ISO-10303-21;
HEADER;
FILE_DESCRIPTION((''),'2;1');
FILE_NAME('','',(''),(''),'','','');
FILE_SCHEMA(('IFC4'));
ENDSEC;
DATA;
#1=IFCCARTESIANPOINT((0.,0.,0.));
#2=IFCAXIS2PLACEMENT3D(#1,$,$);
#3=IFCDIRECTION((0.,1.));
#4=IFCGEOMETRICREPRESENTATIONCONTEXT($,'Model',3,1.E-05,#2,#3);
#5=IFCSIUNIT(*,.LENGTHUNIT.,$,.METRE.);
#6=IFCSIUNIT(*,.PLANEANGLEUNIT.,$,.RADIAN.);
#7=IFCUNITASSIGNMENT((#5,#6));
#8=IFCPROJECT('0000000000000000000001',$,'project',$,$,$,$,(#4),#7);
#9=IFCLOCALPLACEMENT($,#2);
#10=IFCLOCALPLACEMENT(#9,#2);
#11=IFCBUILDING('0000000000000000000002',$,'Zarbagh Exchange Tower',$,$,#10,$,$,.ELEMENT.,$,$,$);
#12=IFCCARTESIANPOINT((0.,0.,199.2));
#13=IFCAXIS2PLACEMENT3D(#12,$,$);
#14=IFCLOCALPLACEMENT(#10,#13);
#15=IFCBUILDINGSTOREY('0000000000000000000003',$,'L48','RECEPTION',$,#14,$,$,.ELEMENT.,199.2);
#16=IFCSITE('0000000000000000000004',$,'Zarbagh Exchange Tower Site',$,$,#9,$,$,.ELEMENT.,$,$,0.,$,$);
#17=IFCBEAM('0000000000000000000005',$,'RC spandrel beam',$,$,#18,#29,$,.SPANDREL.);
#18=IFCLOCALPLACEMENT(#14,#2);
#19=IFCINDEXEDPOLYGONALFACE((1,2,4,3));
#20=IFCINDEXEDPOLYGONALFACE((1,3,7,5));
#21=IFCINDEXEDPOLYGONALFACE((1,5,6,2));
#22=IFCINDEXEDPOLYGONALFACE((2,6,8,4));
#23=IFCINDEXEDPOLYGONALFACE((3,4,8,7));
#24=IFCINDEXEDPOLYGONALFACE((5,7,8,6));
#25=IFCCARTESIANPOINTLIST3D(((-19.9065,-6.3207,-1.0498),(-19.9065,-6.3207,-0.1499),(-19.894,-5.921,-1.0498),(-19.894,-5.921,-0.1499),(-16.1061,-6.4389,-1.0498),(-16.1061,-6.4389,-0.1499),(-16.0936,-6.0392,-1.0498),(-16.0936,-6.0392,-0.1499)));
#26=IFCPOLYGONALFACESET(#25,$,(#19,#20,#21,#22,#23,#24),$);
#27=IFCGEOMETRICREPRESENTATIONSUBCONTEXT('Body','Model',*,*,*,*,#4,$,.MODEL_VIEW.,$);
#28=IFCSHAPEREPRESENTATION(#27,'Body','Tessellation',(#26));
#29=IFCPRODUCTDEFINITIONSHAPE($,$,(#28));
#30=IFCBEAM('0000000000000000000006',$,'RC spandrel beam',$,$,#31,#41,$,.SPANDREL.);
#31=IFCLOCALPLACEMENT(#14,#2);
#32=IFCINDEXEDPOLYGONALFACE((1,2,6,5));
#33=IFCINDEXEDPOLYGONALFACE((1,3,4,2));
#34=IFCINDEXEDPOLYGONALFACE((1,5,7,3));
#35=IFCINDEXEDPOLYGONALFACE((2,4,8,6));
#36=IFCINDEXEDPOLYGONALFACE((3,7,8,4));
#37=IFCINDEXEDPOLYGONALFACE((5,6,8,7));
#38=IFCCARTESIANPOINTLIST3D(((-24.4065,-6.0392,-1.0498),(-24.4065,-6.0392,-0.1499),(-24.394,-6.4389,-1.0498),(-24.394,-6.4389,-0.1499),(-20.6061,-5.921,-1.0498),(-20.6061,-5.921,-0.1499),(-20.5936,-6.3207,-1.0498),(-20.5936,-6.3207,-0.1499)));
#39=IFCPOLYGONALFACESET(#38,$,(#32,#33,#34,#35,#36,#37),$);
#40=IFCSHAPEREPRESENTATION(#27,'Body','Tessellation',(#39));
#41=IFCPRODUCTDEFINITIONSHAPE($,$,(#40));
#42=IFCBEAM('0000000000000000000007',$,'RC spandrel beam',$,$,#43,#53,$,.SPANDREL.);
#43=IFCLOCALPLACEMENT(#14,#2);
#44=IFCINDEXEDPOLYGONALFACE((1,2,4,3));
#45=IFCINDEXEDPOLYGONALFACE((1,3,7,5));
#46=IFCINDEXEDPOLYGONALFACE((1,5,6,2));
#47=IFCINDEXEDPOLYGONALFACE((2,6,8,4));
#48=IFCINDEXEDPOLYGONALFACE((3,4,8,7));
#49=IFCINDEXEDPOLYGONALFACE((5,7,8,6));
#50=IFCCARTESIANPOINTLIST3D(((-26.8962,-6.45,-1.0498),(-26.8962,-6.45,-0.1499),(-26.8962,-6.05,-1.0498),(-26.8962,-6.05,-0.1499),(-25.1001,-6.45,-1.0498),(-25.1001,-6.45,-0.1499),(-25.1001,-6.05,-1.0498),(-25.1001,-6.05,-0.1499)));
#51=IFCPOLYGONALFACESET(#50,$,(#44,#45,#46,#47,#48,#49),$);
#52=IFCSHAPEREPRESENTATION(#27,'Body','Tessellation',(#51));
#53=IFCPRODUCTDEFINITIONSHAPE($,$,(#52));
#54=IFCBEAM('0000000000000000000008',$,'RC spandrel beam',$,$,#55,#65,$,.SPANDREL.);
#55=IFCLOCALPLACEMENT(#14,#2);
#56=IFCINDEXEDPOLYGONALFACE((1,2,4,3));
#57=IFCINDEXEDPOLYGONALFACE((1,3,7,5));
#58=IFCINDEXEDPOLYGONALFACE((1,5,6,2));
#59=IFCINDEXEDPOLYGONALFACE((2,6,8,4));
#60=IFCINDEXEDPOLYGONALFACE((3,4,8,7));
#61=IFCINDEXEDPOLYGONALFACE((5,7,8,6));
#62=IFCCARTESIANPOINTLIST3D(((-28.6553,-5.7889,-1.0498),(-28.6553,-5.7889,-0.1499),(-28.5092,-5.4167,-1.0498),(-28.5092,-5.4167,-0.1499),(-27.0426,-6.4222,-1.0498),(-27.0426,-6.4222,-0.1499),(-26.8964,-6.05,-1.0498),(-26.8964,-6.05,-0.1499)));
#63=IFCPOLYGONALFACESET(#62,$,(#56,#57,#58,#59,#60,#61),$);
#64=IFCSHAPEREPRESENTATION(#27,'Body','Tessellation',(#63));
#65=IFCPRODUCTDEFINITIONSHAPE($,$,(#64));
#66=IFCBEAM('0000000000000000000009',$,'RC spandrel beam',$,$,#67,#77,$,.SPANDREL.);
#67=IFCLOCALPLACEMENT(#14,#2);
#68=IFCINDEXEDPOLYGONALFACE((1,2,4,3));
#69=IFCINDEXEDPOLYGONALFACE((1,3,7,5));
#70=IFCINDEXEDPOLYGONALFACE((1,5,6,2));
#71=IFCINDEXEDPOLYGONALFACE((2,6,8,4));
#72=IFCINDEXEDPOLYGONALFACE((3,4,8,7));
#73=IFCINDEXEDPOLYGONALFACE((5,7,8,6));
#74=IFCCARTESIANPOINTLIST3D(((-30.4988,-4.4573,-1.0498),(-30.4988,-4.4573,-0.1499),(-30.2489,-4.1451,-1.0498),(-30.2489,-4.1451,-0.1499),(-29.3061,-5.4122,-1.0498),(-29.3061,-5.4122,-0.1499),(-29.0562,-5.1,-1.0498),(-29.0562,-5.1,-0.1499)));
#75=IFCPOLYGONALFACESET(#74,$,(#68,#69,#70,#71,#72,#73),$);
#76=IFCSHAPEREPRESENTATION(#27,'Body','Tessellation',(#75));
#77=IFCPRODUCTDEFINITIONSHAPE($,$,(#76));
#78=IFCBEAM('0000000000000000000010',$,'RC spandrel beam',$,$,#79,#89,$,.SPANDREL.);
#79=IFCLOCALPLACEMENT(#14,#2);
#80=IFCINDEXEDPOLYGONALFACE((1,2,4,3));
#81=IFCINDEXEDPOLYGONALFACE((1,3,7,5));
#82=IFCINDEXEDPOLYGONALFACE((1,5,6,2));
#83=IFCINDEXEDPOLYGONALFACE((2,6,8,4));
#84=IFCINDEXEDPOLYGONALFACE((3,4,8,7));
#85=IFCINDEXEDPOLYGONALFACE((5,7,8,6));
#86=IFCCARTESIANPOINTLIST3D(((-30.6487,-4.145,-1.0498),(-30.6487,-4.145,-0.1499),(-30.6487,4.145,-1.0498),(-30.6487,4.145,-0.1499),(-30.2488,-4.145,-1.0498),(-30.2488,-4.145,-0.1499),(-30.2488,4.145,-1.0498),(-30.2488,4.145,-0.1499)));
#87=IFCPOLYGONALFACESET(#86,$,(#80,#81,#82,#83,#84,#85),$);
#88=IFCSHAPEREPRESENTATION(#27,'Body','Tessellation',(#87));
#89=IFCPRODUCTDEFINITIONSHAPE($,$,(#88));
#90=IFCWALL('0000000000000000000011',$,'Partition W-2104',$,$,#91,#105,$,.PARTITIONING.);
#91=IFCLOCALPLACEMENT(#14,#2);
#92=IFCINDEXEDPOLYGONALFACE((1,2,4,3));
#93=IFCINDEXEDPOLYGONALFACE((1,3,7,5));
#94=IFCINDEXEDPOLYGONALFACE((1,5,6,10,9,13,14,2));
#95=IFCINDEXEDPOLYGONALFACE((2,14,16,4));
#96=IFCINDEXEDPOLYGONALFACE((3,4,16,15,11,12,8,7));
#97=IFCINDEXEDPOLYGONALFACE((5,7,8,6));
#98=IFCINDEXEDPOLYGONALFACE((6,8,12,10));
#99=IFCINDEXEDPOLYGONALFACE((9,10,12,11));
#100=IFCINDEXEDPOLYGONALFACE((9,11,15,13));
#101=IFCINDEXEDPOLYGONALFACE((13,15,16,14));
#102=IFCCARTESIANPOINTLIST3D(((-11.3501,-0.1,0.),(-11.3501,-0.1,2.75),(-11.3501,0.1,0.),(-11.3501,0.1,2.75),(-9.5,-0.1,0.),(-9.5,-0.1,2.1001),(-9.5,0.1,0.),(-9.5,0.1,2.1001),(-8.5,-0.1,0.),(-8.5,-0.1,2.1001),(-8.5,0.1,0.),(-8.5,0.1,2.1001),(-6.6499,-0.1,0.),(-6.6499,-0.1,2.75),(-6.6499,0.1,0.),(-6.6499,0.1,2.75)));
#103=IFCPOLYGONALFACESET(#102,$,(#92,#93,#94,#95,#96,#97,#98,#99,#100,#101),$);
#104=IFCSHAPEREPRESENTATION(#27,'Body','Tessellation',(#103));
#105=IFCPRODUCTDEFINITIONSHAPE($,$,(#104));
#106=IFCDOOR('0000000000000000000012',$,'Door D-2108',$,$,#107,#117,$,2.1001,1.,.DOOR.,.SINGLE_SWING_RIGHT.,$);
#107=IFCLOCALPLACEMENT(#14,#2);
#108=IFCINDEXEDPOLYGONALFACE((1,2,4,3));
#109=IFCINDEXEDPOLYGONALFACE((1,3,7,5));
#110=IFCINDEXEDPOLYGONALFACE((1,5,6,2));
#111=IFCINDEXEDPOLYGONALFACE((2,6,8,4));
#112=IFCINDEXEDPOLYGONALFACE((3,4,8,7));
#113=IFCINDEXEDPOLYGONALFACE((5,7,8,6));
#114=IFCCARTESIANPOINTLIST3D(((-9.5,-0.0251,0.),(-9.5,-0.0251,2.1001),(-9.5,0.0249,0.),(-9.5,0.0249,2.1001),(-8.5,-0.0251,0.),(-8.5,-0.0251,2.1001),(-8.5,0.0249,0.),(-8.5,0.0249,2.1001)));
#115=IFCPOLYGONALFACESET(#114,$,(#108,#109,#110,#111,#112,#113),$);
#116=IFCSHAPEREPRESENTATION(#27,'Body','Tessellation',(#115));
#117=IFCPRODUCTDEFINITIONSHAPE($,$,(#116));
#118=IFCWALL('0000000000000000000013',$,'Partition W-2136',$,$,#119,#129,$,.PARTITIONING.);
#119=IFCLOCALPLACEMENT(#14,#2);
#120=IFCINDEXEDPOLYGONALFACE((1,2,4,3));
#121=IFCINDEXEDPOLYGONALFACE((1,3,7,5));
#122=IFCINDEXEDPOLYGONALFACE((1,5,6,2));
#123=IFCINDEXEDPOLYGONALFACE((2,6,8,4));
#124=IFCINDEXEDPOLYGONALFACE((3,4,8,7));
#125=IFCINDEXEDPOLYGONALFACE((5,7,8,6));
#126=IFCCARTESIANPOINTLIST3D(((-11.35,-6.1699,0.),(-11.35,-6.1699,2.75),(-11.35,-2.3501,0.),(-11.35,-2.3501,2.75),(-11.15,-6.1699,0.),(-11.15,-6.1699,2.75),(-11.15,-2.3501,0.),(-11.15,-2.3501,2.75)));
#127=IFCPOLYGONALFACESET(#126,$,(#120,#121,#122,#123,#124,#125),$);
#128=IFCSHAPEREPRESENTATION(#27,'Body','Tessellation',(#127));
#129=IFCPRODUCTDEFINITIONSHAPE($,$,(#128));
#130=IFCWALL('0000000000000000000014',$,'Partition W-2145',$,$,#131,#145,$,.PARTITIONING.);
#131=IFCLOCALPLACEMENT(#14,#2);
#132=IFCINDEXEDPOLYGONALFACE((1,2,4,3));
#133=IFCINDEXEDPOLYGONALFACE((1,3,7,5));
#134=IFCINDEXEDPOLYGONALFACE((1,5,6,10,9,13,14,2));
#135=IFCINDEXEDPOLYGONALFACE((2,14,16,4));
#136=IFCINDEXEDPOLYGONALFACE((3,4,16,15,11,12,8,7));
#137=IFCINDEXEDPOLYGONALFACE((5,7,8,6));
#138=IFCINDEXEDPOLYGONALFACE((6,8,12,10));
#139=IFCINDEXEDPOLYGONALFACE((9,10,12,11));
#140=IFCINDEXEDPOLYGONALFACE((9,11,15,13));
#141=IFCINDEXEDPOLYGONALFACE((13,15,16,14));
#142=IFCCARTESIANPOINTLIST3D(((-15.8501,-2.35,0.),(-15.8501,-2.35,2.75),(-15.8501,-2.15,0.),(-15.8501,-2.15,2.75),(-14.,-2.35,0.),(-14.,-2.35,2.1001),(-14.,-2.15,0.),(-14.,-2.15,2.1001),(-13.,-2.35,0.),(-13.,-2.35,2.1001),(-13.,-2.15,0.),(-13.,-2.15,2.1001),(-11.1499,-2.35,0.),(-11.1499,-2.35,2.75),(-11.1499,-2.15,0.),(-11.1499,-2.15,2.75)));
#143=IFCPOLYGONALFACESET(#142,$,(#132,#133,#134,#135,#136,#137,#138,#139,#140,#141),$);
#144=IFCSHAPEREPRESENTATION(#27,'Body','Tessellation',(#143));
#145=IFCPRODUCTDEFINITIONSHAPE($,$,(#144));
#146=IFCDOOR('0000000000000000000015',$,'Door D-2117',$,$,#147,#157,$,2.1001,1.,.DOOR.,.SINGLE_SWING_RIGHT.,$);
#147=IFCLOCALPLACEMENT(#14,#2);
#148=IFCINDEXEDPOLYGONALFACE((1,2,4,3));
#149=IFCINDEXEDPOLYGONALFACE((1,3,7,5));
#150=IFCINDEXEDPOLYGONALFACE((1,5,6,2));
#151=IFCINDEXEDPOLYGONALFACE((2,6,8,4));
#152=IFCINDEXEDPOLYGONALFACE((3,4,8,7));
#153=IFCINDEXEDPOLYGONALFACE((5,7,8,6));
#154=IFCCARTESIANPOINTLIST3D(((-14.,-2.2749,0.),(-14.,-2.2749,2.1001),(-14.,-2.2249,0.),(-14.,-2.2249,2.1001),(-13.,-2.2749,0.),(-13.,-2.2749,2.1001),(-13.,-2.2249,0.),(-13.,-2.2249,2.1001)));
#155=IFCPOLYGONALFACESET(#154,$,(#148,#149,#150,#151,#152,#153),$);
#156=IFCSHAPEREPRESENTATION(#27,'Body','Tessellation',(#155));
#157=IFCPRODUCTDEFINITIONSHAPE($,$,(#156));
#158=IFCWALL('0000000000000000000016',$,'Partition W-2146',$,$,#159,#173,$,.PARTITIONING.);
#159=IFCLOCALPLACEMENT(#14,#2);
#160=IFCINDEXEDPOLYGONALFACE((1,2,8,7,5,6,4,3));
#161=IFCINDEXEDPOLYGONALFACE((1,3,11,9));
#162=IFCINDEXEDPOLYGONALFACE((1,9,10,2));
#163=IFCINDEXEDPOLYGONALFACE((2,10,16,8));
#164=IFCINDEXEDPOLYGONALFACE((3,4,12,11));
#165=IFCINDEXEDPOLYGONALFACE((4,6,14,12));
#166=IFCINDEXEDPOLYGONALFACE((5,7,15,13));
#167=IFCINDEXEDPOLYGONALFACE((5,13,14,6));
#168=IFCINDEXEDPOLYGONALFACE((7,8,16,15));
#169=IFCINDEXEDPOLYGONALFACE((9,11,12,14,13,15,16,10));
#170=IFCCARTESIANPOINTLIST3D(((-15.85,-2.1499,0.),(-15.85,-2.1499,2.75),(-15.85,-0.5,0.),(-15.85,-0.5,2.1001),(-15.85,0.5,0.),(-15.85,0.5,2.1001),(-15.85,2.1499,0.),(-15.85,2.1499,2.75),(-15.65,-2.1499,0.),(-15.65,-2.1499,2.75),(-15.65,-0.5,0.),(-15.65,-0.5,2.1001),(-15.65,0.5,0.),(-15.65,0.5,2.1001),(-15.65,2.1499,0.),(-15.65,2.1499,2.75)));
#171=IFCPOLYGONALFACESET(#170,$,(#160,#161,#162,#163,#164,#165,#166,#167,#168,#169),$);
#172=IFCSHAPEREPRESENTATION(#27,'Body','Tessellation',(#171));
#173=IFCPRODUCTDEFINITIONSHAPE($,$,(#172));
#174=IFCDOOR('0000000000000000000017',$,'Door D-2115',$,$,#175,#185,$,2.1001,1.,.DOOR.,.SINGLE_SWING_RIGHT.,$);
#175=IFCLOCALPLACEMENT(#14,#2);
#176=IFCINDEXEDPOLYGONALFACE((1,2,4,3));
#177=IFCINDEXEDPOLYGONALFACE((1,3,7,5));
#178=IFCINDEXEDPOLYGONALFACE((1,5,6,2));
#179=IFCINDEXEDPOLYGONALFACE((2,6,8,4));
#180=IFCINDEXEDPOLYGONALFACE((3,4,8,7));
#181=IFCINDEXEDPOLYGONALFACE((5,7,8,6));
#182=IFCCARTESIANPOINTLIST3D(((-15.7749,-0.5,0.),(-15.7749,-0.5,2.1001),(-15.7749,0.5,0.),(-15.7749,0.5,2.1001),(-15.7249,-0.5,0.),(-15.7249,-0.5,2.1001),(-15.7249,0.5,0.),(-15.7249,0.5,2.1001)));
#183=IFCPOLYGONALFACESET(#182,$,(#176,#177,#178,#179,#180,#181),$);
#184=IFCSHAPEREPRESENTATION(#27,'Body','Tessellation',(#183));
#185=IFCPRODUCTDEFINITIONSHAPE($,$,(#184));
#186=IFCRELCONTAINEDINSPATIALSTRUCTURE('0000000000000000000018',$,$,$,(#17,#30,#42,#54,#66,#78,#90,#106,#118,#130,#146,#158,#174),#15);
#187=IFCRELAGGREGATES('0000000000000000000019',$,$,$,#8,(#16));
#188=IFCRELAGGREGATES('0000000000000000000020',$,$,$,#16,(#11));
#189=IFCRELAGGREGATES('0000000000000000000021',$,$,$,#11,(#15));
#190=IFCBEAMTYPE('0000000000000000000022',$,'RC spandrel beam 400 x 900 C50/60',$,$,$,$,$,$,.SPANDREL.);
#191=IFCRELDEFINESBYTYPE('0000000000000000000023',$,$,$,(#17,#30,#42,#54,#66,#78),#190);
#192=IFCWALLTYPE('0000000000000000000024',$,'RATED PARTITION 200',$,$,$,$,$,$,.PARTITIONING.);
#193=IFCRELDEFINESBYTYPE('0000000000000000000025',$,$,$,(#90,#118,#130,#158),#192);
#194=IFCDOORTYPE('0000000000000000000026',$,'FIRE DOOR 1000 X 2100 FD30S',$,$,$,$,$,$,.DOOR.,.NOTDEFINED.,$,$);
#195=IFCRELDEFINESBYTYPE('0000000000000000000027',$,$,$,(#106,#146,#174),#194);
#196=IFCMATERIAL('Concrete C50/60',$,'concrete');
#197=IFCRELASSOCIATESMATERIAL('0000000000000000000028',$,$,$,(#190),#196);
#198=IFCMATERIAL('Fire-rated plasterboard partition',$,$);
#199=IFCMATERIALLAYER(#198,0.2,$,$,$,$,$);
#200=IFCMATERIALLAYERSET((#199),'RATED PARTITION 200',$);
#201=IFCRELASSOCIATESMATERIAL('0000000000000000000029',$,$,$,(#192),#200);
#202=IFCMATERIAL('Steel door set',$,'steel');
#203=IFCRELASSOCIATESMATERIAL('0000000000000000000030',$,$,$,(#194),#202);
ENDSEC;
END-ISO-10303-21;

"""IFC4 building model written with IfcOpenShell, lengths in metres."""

from ifc_helpers import new_model, si_unit, direction, frame, frame_2d, origin, origin_2d, place, context, subcontext, project, spatial, rectangle, extrude, material, layer, layer_set, material_profile, profile_set, type_object, element, fill, save


model = new_model("IFC4")

# Units and contexts
model_context = context("Model", 3, precision=1e-05, world=origin(), true_north=direction((0.0, 1.0)))
body_context = subcontext(model_context, "Body", "Model", "MODEL_VIEW")
ifc_project = project(units=[si_unit("LENGTHUNIT", "METRE"), si_unit("PLANEANGLEUNIT", "RADIAN")], contexts=[model_context])

# Site, building, storey
site_placement = place(None, origin())
site = spatial("IfcSite", under=ifc_project, at=site_placement, Name="Zarbagh Exchange Tower Site", CompositionType="ELEMENT", RefElevation=0.0)
building_placement = place(site_placement, origin())
building = spatial("IfcBuilding", under=site, at=building_placement, Name="Zarbagh Exchange Tower", CompositionType="ELEMENT")
storey_placement = place(building_placement, frame((0.0, 0.0, 199.2)))
storey = spatial("IfcBuildingStorey", under=building, at=storey_placement, Name="L48", Description="RECEPTION", CompositionType="ELEMENT", Elevation=199.2)

# Shared definitions
ifc_material_1 = material(Name="Concrete C50/60", Category="concrete")

# Beams
ifc_material_profile_1 = material_profile(ifc_material_1, rectangle(XDim=0.3999, YDim=0.8999, at=origin_2d()), Name="RC spandrel beam 400 x 900 C50/60")
ifc_profile_set_1 = profile_set([ifc_material_profile_1], Name="Concrete C50/60")
beam_type_1 = type_object("IfcBeamType", Name="RC spandrel beam 400 x 900 C50/60", PredefinedType="SPANDREL", material=ifc_profile_set_1)
for number, where, z_axis, x_axis, name in (
    (1, (-16.0999, -6.239, -0.5999), (-0.999517, 0.031078, 0.0), (-0.031078, -0.999517, 0.0), "RC spandrel beam"),
    (2, (-20.5999, -6.1208, -0.5999), (-0.999517, -0.031078, 0.0), (0.031078, -0.999517, 0.0), "RC spandrel beam"),
):
    element("IfcBeam", number, at=place(storey_placement, frame(where, z_axis=z_axis, x_axis=x_axis)), inside=storey, type_object=beam_type_1, Name=name, PredefinedType="SPANDREL", context=body_context, shape_type="SweptSolid", body=[
        extrude(rectangle(XDim=0.3999, YDim=0.8999, at=origin_2d()), origin(), (0.0, 0.0, 1.0), 3.8022),
    ])
beam_1_placement = place(storey_placement, frame((-25.1001, -6.25, -0.5999), z_axis=(-1.0, 0.0, 0.0), x_axis=(0.0, -1.0, 0.0)))
element("IfcBeam", 3, at=beam_1_placement, inside=storey, type_object=beam_type_1, Name="RC spandrel beam", PredefinedType="SPANDREL", context=body_context, shape_type="SweptSolid", body=[
    extrude(rectangle(XDim=0.3999, YDim=0.8999, at=origin_2d()), origin(), (0.0, 0.0, 1.0), 1.7961),
])
beam_2_placement = place(storey_placement, frame((-26.9695, -6.2361, -0.5999), z_axis=(-0.93081, 0.365504, 0.0), x_axis=(-0.365504, -0.93081, 0.0)))
element("IfcBeam", 4, at=beam_2_placement, inside=storey, type_object=beam_type_1, Name="RC spandrel beam", PredefinedType="SPANDREL", context=body_context, shape_type="SweptSolid", body=[
    extrude(rectangle(XDim=0.3999, YDim=0.8999, at=origin_2d()), origin(), (0.0, 0.0, 1.0), 1.7327),
])
beam_3_placement = place(storey_placement, frame((-29.1812, -5.2561, -0.5999), z_axis=(-0.780635, 0.624987, 0.0), x_axis=(-0.624987, -0.780635, 0.0)))
element("IfcBeam", 5, at=beam_3_placement, inside=storey, type_object=beam_type_1, Name="RC spandrel beam", PredefinedType="SPANDREL", context=body_context, shape_type="SweptSolid", body=[
    extrude(rectangle(XDim=0.3999, YDim=0.8999, at=origin_2d()), origin(), (0.0, 0.0, 1.0), 1.5278),
])
beam_4_placement = place(storey_placement, frame((-30.4487, -4.145, -0.5999), z_axis=(0.0, 1.0, 0.0), x_axis=(-1.0, 0.0, 0.0)))
element("IfcBeam", 6, at=beam_4_placement, inside=storey, type_object=beam_type_1, Name="RC spandrel beam", PredefinedType="SPANDREL", context=body_context, shape_type="SweptSolid", body=[
    extrude(rectangle(XDim=0.3999, YDim=0.8999, at=origin_2d()), origin(), (0.0, 0.0, 1.0), 8.29),
])

# Wall, opening, door
ifc_material_2 = material(Name="Fire-rated plasterboard partition")
ifc_layer = layer(ifc_material_2, 0.2)
ifc_layer_set = layer_set([ifc_layer], Name="RATED PARTITION 200")
wall_type = type_object("IfcWallType", Name="RATED PARTITION 200", PredefinedType="PARTITIONING", material=ifc_layer_set)
wall_1_placement = place(storey_placement, frame((-11.3501, 0.0, 0.0), z_axis=(0.0, 0.0, 1.0), x_axis=(1.0, 0.0, 0.0)))
wall_1 = element("IfcWall", 7, at=wall_1_placement, inside=storey, type_object=wall_type, Name="Partition W-2104", PredefinedType="PARTITIONING", context=body_context, shape_type="SweptSolid", body=[
    extrude(rectangle(XDim=4.7002, YDim=0.2, at=frame_2d((2.3501, 0.0))), origin(), (0.0, 0.0, 1.0), 2.75),
])
opening_1_placement = place(wall_1_placement, frame((1.8501, 0.0, 0.0)))
opening_1 = element("IfcOpeningElement", 8, at=opening_1_placement, cuts=wall_1, PredefinedType="OPENING", context=body_context, shape_type="SweptSolid", body=[
    extrude(rectangle(XDim=1.0, YDim=2.1001, at=frame_2d((0.5, 1.05))), frame((0.0, 0.1099, 0.0), z_axis=(0.0, -1.0, 0.0), x_axis=(1.0, 0.0, 0.0)), (0.0, 0.0, 1.0), 0.22),
])
ifc_material_3 = material(Name="Steel door set", Category="steel")
door_type = type_object("IfcDoorType", Name="FIRE DOOR 1000 X 2100 FD30S", OperationType="NOTDEFINED", PredefinedType="DOOR", material=ifc_material_3)
door_1_placement = place(opening_1_placement, origin())
door_1 = element("IfcDoor", 9, at=door_1_placement, inside=storey, type_object=door_type, Name="Door D-2108", OperationType="SINGLE_SWING_RIGHT", OverallHeight=2.1001, OverallWidth=1.0, PredefinedType="DOOR", context=body_context, shape_type="SweptSolid", body=[
    extrude(rectangle(XDim=1.0, YDim=2.1001, at=frame_2d((0.5, 1.05))), frame((0.0, 0.0249, 0.0), z_axis=(0.0, -1.0, 0.0), x_axis=(1.0, 0.0, 0.0)), (0.0, 0.0, 1.0), 0.05),
])
fill(opening_1, door_1)

# Wall
wall_2_placement = place(storey_placement, frame((-11.25, -6.1699, 0.0), z_axis=(0.0, 0.0, 1.0), x_axis=(0.0, 1.0, 0.0)))
element("IfcWall", 10, at=wall_2_placement, inside=storey, type_object=wall_type, Name="Partition W-2136", PredefinedType="PARTITIONING", context=body_context, shape_type="SweptSolid", body=[
    extrude(rectangle(XDim=3.8198, YDim=0.2, at=frame_2d((1.9099, 0.0))), origin(), (0.0, 0.0, 1.0), 2.75),
])

# Walls, openings, doors
wall_3_placement = place(storey_placement, frame((-11.1499, -2.25, 0.0), z_axis=(0.0, 0.0, 1.0), x_axis=(-1.0, 0.0, 0.0)))
wall_3 = element("IfcWall", 11, at=wall_3_placement, inside=storey, type_object=wall_type, Name="Partition W-2145", PredefinedType="PARTITIONING", context=body_context, shape_type="SweptSolid", body=[
    extrude(rectangle(XDim=4.7002, YDim=0.2, at=frame_2d((2.3501, 0.0))), origin(), (0.0, 0.0, 1.0), 2.75),
])
opening_2_placement = place(wall_3_placement, frame((1.8501, 0.0, 0.0)))
opening_2 = element("IfcOpeningElement", 12, at=opening_2_placement, cuts=wall_3, PredefinedType="OPENING", context=body_context, shape_type="SweptSolid", body=[
    extrude(rectangle(XDim=1.0, YDim=2.1001, at=frame_2d((0.5, 1.05))), frame((0.0, 0.1099, 0.0), z_axis=(0.0, -1.0, 0.0), x_axis=(1.0, 0.0, 0.0)), (0.0, 0.0, 1.0), 0.22),
])
door_2_placement = place(opening_2_placement, origin())
door_2 = element("IfcDoor", 13, at=door_2_placement, inside=storey, type_object=door_type, Name="Door D-2117", OperationType="SINGLE_SWING_RIGHT", OverallHeight=2.1001, OverallWidth=1.0, PredefinedType="DOOR", context=body_context, shape_type="SweptSolid", body=[
    extrude(rectangle(XDim=1.0, YDim=2.1001, at=frame_2d((0.5, 1.05))), frame((0.0, 0.0249, 0.0), z_axis=(0.0, -1.0, 0.0), x_axis=(1.0, 0.0, 0.0)), (0.0, 0.0, 1.0), 0.05),
])
fill(opening_2, door_2)
wall_4_placement = place(storey_placement, frame((-15.75, -2.1499, 0.0), z_axis=(0.0, 0.0, 1.0), x_axis=(0.0, 1.0, 0.0)))
wall_4 = element("IfcWall", 14, at=wall_4_placement, inside=storey, type_object=wall_type, Name="Partition W-2146", PredefinedType="PARTITIONING", context=body_context, shape_type="SweptSolid", body=[
    extrude(rectangle(XDim=4.2998, YDim=0.2, at=frame_2d((2.1499, 0.0))), origin(), (0.0, 0.0, 1.0), 2.75),
])
opening_3_placement = place(wall_4_placement, frame((1.6499, 0.0, 0.0)))
opening_3 = element("IfcOpeningElement", 15, at=opening_3_placement, cuts=wall_4, PredefinedType="OPENING", context=body_context, shape_type="SweptSolid", body=[
    extrude(rectangle(XDim=1.0, YDim=2.1001, at=frame_2d((0.5, 1.05))), frame((0.0, 0.1099, 0.0), z_axis=(0.0, -1.0, 0.0), x_axis=(1.0, 0.0, 0.0)), (0.0, 0.0, 1.0), 0.22),
])
door_3_placement = place(opening_3_placement, origin())
door_3 = element("IfcDoor", 16, at=door_3_placement, inside=storey, type_object=door_type, Name="Door D-2115", OperationType="SINGLE_SWING_RIGHT", OverallHeight=2.1001, OverallWidth=1.0, PredefinedType="DOOR", context=body_context, shape_type="SweptSolid", body=[
    extrude(rectangle(XDim=1.0, YDim=2.1001, at=frame_2d((0.5, 1.05))), frame((0.0, 0.0249, 0.0), z_axis=(0.0, -1.0, 0.0), x_axis=(1.0, 0.0, 0.0)), (0.0, 0.0, 1.0), 0.05),
])
fill(opening_3, door_3)

save(model, "model.ifc")
